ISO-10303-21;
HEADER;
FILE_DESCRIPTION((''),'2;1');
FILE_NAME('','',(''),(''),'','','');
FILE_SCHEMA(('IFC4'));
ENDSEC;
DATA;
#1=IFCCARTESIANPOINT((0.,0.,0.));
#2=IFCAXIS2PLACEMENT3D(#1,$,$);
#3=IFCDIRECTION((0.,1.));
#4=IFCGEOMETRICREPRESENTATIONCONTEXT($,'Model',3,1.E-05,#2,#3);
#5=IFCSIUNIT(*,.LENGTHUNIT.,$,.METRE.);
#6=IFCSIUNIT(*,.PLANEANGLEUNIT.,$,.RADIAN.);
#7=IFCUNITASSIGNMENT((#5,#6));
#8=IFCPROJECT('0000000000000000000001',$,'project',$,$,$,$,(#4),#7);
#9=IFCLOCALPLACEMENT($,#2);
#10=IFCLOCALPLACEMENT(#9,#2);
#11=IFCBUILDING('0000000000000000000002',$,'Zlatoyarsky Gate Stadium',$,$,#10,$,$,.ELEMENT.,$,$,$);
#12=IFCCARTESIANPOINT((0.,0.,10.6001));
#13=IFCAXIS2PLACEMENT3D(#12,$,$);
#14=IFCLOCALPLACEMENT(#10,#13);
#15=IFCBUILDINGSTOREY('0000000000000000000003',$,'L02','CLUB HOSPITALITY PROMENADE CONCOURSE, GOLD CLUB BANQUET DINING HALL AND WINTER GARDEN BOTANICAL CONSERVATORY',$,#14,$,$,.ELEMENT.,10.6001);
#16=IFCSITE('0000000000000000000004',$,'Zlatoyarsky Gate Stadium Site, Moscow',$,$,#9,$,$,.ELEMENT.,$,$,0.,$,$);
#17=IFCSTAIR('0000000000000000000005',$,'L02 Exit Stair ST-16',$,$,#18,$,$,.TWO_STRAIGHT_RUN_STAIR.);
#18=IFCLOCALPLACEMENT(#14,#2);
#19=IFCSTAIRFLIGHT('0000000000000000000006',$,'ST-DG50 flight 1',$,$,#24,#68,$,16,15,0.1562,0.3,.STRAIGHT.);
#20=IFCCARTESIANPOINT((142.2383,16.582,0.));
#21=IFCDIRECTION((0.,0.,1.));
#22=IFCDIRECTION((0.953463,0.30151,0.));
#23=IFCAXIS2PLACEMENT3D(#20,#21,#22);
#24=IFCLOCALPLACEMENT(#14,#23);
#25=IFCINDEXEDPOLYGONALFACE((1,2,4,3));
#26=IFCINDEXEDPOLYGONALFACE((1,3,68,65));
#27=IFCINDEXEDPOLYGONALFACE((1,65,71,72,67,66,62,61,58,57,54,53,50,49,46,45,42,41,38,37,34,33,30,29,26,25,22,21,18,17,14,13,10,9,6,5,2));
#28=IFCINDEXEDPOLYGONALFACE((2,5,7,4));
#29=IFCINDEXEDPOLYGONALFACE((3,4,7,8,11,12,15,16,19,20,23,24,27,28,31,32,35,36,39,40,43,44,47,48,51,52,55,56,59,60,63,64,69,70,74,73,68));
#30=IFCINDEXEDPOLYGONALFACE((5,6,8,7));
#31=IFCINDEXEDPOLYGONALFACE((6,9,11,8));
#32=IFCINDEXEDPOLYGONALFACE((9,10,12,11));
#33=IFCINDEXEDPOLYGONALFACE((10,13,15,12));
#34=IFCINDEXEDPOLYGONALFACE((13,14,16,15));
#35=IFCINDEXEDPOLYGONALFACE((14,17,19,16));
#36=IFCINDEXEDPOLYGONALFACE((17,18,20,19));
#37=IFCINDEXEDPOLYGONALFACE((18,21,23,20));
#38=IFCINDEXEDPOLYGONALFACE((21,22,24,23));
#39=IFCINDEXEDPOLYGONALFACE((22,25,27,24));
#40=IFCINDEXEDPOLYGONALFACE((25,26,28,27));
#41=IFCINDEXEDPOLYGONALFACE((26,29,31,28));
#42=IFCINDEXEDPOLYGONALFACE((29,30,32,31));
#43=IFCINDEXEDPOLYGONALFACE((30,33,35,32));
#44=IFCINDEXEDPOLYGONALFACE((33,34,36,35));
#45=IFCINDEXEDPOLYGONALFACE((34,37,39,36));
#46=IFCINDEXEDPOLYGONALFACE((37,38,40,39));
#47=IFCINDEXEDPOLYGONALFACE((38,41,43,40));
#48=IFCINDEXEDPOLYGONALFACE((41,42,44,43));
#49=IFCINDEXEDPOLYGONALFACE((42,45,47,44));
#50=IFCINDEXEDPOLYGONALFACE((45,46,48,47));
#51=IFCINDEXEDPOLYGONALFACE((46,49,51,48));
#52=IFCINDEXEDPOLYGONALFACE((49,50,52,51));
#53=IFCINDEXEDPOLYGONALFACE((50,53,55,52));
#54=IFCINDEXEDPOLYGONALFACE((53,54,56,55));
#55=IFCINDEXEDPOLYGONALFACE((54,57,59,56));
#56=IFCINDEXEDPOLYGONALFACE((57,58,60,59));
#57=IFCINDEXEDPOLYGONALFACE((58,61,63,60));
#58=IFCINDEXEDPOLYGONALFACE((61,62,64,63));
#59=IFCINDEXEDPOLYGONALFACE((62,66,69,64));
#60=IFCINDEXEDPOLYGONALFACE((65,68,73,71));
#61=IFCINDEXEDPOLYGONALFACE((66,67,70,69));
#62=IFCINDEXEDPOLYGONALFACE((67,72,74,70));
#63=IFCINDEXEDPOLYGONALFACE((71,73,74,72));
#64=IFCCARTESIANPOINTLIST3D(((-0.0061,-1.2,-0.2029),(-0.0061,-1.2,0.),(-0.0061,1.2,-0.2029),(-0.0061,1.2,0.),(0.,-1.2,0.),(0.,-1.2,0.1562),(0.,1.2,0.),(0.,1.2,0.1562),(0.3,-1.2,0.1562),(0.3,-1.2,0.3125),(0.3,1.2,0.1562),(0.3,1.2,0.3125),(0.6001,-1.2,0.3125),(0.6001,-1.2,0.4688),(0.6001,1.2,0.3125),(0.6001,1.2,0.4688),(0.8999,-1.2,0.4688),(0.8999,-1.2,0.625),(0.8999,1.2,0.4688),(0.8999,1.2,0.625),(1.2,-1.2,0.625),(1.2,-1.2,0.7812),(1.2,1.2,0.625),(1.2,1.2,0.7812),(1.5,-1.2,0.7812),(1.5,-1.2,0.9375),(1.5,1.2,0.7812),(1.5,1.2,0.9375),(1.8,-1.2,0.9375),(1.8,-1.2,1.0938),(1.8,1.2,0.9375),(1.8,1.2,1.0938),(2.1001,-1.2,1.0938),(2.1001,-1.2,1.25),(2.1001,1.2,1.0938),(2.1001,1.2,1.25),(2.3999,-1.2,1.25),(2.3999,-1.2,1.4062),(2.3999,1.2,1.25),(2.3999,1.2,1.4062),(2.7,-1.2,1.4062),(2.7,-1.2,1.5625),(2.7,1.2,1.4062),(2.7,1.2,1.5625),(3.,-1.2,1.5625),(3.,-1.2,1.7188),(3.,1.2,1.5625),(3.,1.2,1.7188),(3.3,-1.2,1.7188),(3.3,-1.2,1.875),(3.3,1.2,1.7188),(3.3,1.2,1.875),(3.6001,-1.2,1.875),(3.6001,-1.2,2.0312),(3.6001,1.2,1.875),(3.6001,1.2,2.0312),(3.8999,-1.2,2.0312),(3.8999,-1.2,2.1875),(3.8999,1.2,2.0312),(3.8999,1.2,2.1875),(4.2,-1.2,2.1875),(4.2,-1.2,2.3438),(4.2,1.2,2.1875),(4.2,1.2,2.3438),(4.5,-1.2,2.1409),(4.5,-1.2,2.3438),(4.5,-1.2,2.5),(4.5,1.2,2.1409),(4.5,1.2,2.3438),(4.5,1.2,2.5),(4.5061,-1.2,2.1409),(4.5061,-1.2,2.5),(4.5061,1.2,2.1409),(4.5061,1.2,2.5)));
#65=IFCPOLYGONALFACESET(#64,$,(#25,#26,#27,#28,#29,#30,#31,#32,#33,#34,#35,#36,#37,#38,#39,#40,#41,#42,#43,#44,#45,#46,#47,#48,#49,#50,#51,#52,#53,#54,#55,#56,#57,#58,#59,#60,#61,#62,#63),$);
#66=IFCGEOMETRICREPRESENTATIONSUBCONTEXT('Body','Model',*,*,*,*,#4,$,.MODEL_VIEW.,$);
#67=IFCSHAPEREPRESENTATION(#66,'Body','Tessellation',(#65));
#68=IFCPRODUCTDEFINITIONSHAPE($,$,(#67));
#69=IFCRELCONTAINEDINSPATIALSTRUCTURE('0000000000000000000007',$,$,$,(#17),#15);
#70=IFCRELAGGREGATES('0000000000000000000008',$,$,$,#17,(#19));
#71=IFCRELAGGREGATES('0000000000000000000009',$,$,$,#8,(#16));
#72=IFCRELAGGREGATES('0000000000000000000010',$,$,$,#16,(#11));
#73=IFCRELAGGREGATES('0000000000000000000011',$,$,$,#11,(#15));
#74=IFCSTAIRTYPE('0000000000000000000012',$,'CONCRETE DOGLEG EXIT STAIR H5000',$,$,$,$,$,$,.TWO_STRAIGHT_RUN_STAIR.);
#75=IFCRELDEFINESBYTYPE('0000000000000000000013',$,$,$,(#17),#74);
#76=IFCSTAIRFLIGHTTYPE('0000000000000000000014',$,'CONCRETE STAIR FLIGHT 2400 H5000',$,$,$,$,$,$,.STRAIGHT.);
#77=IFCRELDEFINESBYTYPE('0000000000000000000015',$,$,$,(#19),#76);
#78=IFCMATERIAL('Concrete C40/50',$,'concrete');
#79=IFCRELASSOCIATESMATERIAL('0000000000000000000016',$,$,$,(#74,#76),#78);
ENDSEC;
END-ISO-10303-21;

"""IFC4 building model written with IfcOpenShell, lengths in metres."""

from ifc_helpers import new_model, si_unit, direction, frame, origin, place, context, subcontext, project, spatial, polyline, outline, extrude, material, type_object, element, aggregate, save


model = new_model("IFC4")

# Units and contexts
model_context = context("Model", 3, precision=1e-05, world=origin(), true_north=direction((0.0, 1.0)))
body_context = subcontext(model_context, "Body", "Model", "MODEL_VIEW")
ifc_project = project(units=[si_unit("LENGTHUNIT", "METRE"), si_unit("PLANEANGLEUNIT", "RADIAN")], contexts=[model_context])

# Site, building, storey
site_placement = place(None, origin())
site = spatial("IfcSite", under=ifc_project, at=site_placement, Name="Zlatoyarsky Gate Stadium Site, Moscow", CompositionType="ELEMENT", RefElevation=0.0)
building_placement = place(site_placement, origin())
building = spatial("IfcBuilding", under=site, at=building_placement, Name="Zlatoyarsky Gate Stadium", CompositionType="ELEMENT")
storey_placement = place(building_placement, frame((0.0, 0.0, 10.6001)))
storey = spatial("IfcBuildingStorey", under=building, at=storey_placement, Name="L02", Description="CLUB HOSPITALITY PROMENADE CONCOURSE, GOLD CLUB BANQUET DINING HALL AND WINTER GARDEN BOTANICAL CONSERVATORY", CompositionType="ELEMENT", Elevation=10.6001)

# Shared definitions
ifc_material_1 = material(Name="Concrete C40/50", Category="concrete")

# Stair, stair flight
stair_type = type_object("IfcStairType", Name="CONCRETE DOGLEG EXIT STAIR H5000", PredefinedType="TWO_STRAIGHT_RUN_STAIR", material=ifc_material_1)
stair_placement = place(storey_placement, origin())
stair = element("IfcStair", 1, at=stair_placement, inside=storey, type_object=stair_type, Name="L02 Exit Stair ST-16", PredefinedType="TWO_STRAIGHT_RUN_STAIR")
stair_flight_type = type_object("IfcStairFlightType", Name="CONCRETE STAIR FLIGHT 2400 H5000", PredefinedType="STRAIGHT", material=ifc_material_1)
stair_flight_1_placement = place(storey_placement, frame((142.2383, 16.582, 0.0), z_axis=(0.0, 0.0, 1.0), x_axis=(0.953463, 0.30151, 0.0)))
stair_flight_1 = element("IfcStairFlight", 2, at=stair_flight_1_placement, type_object=stair_flight_type, Name="ST-DG50 flight 1", NumberOfRisers=16, NumberOfTreads=15, PredefinedType="STRAIGHT", RiserHeight=0.1562, TreadLength=0.3, context=body_context, shape_type="SweptSolid", body=[
    extrude(outline(polyline([(-0.0061, -0.2029), (-0.0061, 0.0), (0.0, 0.0), (0.0, 0.1562), (0.3, 0.1562), (0.3, 0.3125), (0.6001, 0.3125), (0.6001, 0.4688), (0.8999, 0.4688), (0.8999, 0.625), (1.2, 0.625), (1.2, 0.7812), (1.5, 0.7812), (1.5, 0.9375), (1.8, 0.9375), (1.8, 1.0938), (2.1001, 1.0938), (2.1001, 1.25), (2.3999, 1.25), (2.3999, 1.4062), (2.7, 1.4062), (2.7, 1.5625), (3.0, 1.5625), (3.0, 1.7188), (3.3, 1.7188), (3.3, 1.875), (3.6001, 1.875), (3.6001, 2.0312), (3.8999, 2.0312), (3.8999, 2.1875), (4.2, 2.1875), (4.2, 2.3438), (4.5, 2.3438), (4.5, 2.5), (4.5061, 2.5), (4.5061, 2.1409), (4.5, 2.1409), (-0.0061, -0.2029)])), frame((0.0, 1.2, 0.0), z_axis=(0.0, -1.0, 0.0), x_axis=(1.0, 0.0, 0.0)), (0.0, 0.0, 1.0), 2.3999),
])
aggregate(stair, [stair_flight_1])

save(model, "model.ifc")
